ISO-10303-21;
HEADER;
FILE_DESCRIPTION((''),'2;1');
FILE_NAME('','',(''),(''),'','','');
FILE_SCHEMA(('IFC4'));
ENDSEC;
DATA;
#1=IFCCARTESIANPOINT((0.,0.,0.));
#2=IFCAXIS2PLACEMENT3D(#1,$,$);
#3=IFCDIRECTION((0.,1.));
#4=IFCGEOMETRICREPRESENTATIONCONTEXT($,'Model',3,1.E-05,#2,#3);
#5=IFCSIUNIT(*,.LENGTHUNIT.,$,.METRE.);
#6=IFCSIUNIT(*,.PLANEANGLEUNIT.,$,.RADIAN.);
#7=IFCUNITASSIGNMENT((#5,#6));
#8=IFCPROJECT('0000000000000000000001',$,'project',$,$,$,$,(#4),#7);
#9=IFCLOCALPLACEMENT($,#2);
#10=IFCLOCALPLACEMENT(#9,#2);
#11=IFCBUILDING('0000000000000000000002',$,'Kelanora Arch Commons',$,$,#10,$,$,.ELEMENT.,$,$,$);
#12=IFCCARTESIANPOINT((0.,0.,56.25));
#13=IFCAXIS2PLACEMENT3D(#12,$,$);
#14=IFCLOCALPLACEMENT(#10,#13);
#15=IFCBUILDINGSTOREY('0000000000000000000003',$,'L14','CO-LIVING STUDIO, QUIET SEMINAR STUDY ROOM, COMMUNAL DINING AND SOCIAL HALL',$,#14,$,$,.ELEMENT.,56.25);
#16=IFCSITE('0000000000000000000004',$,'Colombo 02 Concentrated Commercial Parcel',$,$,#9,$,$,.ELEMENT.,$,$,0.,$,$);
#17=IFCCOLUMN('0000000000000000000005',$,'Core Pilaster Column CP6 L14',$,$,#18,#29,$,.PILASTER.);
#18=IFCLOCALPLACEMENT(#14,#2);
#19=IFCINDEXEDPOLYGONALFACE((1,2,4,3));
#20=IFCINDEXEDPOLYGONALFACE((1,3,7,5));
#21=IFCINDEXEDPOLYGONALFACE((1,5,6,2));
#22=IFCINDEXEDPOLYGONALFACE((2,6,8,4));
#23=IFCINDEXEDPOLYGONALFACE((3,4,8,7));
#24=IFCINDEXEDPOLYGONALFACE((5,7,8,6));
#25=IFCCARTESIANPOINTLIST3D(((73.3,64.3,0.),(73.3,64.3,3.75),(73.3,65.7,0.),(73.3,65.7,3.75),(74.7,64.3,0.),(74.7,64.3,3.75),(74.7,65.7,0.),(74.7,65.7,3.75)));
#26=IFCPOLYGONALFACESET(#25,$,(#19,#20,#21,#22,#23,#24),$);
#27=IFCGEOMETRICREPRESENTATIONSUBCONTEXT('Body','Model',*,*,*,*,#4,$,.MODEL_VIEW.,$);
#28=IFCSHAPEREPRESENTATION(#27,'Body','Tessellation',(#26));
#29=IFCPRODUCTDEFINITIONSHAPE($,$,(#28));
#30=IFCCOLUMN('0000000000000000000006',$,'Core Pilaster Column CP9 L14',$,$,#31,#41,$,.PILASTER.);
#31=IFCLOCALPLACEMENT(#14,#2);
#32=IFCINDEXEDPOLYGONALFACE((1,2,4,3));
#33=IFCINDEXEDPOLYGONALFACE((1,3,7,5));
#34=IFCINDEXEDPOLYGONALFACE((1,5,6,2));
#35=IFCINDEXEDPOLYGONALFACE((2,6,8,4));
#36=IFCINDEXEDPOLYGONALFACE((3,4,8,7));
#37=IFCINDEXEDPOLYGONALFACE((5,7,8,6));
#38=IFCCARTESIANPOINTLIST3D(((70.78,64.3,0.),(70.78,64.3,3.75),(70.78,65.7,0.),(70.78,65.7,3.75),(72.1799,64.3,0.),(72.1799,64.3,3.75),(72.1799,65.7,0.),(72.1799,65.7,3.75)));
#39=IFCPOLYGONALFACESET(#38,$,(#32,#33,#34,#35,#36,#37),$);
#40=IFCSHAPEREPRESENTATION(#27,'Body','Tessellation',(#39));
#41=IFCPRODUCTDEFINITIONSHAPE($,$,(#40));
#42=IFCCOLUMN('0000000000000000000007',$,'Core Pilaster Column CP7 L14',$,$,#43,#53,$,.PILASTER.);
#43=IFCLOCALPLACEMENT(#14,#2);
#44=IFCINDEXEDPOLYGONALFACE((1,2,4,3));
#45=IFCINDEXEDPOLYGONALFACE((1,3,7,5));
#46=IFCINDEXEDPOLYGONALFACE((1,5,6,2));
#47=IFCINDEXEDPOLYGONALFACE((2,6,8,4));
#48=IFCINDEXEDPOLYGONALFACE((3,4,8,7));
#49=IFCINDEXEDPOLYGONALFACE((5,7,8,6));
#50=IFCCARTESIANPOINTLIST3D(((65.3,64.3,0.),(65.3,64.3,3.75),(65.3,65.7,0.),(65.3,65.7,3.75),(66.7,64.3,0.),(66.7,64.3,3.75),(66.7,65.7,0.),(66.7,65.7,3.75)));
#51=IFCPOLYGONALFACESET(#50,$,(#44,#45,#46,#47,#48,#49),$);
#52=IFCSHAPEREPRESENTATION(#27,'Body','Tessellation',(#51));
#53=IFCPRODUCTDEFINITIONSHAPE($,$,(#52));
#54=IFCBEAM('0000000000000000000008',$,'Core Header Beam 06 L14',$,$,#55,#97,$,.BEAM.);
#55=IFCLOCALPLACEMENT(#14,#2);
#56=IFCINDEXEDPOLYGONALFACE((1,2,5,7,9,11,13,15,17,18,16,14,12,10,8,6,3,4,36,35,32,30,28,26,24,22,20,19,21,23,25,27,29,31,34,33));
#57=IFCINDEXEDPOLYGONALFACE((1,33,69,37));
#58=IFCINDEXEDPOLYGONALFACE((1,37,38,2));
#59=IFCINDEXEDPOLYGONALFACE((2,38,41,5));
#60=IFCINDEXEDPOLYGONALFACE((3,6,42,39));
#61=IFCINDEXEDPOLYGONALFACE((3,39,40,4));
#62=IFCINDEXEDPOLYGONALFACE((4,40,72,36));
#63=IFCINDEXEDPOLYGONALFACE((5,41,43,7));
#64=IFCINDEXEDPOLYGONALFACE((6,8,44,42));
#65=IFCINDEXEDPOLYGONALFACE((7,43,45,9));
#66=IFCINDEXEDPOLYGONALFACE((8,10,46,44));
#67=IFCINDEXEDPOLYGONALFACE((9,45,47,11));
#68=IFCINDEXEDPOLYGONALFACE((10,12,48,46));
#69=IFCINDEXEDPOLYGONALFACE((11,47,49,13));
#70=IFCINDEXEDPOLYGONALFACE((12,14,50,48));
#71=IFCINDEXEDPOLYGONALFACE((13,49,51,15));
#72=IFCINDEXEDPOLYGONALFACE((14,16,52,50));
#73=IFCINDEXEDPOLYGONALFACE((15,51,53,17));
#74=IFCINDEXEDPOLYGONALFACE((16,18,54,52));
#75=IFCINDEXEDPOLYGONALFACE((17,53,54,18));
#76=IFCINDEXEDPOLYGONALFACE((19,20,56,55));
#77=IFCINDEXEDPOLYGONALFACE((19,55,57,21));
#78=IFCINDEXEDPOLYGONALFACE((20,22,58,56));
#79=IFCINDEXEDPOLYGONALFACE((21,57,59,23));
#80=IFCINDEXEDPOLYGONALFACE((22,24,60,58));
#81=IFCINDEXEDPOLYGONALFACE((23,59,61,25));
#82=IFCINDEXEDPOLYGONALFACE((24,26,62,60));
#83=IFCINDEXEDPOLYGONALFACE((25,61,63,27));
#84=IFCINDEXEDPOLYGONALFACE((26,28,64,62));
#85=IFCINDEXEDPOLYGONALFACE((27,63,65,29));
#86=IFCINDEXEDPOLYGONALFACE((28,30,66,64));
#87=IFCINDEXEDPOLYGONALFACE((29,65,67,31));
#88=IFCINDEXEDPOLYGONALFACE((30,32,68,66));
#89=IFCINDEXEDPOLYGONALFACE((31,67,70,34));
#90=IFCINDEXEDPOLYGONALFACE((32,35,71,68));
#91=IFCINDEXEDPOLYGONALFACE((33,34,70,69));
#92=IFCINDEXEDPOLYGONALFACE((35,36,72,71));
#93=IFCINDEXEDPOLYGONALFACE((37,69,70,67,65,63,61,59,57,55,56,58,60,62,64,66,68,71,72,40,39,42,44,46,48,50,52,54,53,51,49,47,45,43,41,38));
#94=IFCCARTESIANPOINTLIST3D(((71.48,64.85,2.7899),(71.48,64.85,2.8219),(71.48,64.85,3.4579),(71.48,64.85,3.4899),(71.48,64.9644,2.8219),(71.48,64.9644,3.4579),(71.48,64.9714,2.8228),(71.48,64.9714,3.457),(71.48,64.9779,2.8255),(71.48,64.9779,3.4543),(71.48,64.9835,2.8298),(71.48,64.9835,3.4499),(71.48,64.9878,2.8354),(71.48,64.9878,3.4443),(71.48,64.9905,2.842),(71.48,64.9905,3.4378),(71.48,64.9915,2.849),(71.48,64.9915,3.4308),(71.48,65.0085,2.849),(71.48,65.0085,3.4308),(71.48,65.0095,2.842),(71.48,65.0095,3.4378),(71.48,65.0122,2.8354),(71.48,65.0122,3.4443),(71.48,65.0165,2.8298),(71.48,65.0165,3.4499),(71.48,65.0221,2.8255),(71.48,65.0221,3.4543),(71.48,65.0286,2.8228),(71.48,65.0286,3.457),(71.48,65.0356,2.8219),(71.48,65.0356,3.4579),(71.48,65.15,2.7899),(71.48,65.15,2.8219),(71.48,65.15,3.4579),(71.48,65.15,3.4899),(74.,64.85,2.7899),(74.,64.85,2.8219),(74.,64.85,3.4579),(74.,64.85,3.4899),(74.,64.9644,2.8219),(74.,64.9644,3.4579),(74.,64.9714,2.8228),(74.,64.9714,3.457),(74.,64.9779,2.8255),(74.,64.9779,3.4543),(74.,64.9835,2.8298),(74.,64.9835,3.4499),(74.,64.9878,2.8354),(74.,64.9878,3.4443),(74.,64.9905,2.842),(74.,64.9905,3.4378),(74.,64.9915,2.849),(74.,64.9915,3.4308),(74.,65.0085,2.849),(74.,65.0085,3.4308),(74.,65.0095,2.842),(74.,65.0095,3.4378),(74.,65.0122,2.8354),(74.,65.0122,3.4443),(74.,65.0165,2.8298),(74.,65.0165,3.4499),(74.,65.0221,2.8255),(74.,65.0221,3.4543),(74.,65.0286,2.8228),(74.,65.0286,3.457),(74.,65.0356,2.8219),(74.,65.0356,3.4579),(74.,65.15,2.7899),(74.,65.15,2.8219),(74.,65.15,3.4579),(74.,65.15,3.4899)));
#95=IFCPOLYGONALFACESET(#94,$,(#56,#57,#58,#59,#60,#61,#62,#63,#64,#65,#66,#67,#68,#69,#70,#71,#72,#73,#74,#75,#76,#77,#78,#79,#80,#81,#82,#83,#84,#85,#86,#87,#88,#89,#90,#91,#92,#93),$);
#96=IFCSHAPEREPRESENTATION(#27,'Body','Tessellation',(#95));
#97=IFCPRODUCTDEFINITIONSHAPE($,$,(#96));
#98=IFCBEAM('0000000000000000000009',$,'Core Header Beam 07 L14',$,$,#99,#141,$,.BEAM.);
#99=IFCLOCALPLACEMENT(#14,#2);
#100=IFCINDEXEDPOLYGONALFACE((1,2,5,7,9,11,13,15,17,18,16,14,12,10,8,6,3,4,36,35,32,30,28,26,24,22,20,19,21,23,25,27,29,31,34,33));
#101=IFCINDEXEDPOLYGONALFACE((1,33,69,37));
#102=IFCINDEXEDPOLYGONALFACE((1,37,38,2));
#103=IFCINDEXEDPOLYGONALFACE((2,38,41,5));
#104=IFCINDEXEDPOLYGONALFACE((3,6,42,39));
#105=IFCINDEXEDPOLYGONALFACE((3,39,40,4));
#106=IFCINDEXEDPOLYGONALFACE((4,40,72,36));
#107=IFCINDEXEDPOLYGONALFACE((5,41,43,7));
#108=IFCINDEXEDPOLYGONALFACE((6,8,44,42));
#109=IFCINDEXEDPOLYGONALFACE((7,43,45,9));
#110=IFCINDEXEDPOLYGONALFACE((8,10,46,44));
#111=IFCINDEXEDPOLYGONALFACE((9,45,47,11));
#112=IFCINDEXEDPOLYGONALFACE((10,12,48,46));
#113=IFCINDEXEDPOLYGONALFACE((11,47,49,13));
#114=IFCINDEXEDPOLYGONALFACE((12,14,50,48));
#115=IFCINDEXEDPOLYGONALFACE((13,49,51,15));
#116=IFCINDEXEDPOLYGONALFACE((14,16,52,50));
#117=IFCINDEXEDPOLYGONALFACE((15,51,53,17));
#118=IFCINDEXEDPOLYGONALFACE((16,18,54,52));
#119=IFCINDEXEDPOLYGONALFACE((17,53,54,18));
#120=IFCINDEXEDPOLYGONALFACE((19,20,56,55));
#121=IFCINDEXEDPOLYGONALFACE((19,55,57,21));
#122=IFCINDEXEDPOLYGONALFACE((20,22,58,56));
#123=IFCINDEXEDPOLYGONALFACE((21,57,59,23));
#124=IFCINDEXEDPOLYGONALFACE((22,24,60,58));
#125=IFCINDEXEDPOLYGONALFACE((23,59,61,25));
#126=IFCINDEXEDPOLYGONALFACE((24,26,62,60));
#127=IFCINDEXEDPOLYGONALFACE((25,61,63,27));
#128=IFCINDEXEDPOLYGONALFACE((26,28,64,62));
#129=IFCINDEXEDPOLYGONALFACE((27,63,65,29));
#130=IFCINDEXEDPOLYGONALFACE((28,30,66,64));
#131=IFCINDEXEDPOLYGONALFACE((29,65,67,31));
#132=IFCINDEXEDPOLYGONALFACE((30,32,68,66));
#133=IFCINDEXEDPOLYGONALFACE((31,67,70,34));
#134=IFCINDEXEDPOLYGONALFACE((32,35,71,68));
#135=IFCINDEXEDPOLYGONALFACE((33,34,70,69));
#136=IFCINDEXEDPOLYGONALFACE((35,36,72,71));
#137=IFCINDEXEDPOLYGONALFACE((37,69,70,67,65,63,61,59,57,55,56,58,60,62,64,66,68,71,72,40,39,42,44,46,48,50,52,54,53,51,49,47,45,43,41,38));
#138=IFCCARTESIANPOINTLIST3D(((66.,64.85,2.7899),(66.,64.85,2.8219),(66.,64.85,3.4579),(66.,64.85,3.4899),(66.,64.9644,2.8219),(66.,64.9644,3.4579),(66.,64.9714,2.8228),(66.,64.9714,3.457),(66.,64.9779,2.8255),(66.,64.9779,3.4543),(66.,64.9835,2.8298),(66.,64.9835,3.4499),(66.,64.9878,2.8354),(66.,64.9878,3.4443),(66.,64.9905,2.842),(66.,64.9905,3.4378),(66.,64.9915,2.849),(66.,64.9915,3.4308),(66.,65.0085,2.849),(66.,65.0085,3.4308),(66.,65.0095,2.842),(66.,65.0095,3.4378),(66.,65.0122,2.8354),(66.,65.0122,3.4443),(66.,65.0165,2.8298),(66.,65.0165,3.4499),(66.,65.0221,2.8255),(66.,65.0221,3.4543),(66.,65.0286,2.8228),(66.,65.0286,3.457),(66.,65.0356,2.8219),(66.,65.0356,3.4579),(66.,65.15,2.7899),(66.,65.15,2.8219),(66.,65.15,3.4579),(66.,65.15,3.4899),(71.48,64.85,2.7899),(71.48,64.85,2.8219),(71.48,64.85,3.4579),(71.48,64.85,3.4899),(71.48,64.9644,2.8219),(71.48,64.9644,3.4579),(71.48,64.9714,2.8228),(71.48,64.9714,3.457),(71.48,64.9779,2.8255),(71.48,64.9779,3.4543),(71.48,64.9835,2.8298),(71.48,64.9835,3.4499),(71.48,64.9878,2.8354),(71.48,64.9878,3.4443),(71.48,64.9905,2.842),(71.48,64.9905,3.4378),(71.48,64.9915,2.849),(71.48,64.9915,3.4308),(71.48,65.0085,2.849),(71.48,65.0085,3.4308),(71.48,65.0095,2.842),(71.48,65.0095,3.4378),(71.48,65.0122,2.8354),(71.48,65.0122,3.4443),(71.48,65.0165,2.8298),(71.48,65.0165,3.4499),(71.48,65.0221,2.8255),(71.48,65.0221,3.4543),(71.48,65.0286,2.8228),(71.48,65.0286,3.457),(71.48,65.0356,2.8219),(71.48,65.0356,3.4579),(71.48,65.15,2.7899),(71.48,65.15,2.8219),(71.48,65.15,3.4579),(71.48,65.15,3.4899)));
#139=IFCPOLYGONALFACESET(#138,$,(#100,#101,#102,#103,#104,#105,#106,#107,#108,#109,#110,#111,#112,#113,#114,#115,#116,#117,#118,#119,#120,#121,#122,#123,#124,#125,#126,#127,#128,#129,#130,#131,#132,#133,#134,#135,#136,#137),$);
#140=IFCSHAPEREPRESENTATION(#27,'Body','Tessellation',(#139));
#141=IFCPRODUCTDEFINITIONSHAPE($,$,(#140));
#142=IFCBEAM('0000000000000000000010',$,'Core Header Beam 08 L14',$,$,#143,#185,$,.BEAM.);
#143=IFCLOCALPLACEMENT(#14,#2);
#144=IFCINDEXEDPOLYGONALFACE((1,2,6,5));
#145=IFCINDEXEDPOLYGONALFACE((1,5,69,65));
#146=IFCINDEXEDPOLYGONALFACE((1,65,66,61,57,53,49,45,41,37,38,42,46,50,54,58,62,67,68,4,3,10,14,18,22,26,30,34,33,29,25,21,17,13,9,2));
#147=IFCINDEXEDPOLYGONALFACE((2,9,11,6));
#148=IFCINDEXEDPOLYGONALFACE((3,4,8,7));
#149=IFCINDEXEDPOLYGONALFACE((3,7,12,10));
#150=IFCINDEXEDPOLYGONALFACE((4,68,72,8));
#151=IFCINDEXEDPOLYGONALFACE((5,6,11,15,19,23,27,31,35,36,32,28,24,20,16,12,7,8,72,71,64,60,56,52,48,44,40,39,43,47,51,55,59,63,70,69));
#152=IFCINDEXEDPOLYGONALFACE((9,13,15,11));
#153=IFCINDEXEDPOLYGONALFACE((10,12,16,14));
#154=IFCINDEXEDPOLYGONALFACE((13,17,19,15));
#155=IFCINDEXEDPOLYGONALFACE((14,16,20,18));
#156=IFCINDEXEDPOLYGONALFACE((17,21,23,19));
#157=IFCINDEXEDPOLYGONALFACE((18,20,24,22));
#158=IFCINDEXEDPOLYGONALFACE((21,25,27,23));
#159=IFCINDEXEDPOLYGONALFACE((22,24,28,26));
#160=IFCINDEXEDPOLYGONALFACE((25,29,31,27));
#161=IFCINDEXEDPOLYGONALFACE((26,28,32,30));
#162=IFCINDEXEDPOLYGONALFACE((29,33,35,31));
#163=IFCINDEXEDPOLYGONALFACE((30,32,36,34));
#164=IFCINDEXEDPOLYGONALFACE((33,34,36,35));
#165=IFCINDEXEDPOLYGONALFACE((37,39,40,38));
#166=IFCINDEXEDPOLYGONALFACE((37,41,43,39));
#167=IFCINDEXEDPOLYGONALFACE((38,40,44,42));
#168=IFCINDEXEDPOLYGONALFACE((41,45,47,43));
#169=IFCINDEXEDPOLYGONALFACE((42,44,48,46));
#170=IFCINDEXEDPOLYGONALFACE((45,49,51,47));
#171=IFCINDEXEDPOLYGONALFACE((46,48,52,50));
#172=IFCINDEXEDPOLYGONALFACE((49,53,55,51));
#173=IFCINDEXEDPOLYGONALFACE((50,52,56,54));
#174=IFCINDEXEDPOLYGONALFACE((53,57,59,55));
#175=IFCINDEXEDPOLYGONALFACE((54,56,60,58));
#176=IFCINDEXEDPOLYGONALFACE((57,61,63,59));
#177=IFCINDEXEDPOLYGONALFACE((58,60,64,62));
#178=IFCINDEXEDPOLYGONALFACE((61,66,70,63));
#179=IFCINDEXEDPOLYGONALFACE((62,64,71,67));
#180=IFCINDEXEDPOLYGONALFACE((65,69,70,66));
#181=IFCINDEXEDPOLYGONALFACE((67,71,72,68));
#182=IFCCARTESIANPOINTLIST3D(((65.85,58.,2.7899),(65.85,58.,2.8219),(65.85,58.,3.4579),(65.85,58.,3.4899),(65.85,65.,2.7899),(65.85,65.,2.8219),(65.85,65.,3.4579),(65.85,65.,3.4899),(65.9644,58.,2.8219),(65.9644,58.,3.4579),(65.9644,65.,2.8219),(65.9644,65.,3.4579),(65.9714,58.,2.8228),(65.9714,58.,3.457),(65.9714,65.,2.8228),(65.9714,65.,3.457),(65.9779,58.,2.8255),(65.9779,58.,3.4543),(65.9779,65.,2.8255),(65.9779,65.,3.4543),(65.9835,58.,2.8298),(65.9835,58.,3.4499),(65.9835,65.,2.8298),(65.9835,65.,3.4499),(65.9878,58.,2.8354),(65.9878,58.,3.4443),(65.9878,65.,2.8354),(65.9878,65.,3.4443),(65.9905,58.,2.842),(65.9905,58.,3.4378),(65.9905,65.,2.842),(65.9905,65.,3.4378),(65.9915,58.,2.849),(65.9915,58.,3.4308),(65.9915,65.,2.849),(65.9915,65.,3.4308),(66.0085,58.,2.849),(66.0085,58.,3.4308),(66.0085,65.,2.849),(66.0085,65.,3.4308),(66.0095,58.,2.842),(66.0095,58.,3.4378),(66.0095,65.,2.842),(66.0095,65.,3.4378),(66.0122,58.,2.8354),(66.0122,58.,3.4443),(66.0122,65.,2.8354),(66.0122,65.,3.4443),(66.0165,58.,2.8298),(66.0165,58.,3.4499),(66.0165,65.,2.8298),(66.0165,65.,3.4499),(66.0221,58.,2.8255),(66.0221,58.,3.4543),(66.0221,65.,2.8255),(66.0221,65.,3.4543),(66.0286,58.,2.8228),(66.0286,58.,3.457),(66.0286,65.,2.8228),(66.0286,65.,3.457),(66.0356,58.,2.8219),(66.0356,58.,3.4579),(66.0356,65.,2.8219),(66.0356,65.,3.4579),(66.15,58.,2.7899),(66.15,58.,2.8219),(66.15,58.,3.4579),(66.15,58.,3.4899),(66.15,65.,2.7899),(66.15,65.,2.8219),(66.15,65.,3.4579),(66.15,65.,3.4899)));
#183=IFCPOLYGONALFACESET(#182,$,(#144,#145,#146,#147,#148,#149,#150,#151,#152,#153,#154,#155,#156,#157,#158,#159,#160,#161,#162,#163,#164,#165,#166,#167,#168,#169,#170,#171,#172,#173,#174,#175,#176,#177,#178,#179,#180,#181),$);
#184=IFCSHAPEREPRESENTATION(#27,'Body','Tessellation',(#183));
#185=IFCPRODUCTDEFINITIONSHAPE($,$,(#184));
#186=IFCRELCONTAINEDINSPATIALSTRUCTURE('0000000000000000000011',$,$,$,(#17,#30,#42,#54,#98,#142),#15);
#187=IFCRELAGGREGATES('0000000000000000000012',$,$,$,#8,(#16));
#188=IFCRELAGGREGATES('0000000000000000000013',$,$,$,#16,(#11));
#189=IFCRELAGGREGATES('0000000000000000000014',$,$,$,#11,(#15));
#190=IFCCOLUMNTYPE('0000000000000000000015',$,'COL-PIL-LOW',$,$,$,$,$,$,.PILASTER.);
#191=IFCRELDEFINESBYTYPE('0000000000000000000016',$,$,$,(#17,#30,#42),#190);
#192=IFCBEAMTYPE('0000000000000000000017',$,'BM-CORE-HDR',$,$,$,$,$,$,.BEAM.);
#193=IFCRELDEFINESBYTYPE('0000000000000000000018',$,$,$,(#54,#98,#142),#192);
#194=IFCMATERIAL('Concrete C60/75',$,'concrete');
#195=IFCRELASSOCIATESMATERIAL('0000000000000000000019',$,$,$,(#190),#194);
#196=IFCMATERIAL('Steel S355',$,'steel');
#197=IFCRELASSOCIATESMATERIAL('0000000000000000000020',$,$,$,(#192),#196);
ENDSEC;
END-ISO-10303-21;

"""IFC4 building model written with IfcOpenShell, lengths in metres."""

from ifc_helpers import new_model, si_unit, direction, frame, origin, origin_2d, place, context, subcontext, project, spatial, rectangle, i_section, extrude, material, material_profile, profile_set, type_object, element, save


model = new_model("IFC4")

# Units and contexts
model_context = context("Model", 3, precision=1e-05, world=origin(), true_north=direction((0.0, 1.0)))
body_context = subcontext(model_context, "Body", "Model", "MODEL_VIEW")
ifc_project = project(units=[si_unit("LENGTHUNIT", "METRE"), si_unit("PLANEANGLEUNIT", "RADIAN")], contexts=[model_context])

# Site, building, storey
site_placement = place(None, origin())
site = spatial("IfcSite", under=ifc_project, at=site_placement, Name="Colombo 02 Concentrated Commercial Parcel", CompositionType="ELEMENT", RefElevation=0.0)
building_placement = place(site_placement, origin())
building = spatial("IfcBuilding", under=site, at=building_placement, Name="Kelanora Arch Commons", CompositionType="ELEMENT")
storey_placement = place(building_placement, frame((0.0, 0.0, 56.25)))
storey = spatial("IfcBuildingStorey", under=building, at=storey_placement, Name="L14", Description="CO-LIVING STUDIO, QUIET SEMINAR STUDY ROOM, COMMUNAL DINING AND SOCIAL HALL", CompositionType="ELEMENT", Elevation=56.25)

# Columns
ifc_material_1 = material(Name="Concrete C60/75", Category="concrete")
ifc_material_profile_1 = material_profile(ifc_material_1, rectangle(XDim=1.3999, YDim=1.3999, at=origin_2d()), Name="RC1400x1400")
ifc_profile_set_1 = profile_set([ifc_material_profile_1], Name="Concrete C60/75")
column_type = type_object("IfcColumnType", Name="COL-PIL-LOW", PredefinedType="PILASTER", material=ifc_profile_set_1)
for number, where, z_axis, x_axis, name in (
    (1, (74.0, 65.0, 0.0), (0.0, 0.0, 1.0), (1.0, 0.0, 0.0), "Core Pilaster Column CP6 L14"),
    (2, (71.48, 65.0, 0.0), (0.0, 0.0, 1.0), (1.0, 0.0, 0.0), "Core Pilaster Column CP9 L14"),
    (3, (66.0, 65.0, 0.0), (0.0, 0.0, 1.0), (1.0, 0.0, 0.0), "Core Pilaster Column CP7 L14"),
):
    element("IfcColumn", number, at=place(storey_placement, frame(where, z_axis=z_axis, x_axis=x_axis)), inside=storey, type_object=column_type, Name=name, PredefinedType="PILASTER", context=body_context, shape_type="SweptSolid", body=[
        extrude(rectangle(XDim=1.3999, YDim=1.3999, at=origin_2d()), origin(), (0.0, 0.0, 1.0), 3.75),
    ])

# Beams
ifc_material_2 = material(Name="Steel S355", Category="steel")
ifc_material_profile_2 = material_profile(ifc_material_2, i_section(OverallWidth=0.3, OverallDepth=0.7, WebThickness=0.0171, FlangeThickness=0.032, FilletRadius=0.0271, at=origin_2d()), Name="HEB700")
ifc_profile_set_2 = profile_set([ifc_material_profile_2], Name="Steel S355")
beam_type_1 = type_object("IfcBeamType", Name="BM-CORE-HDR", PredefinedType="BEAM", material=ifc_profile_set_2)
beam_1_placement = place(storey_placement, frame((74.0, 65.0, 3.1399), z_axis=(-1.0, 0.0, 0.0), x_axis=(0.0, -1.0, 0.0)))
element("IfcBeam", 4, at=beam_1_placement, inside=storey, type_object=beam_type_1, Name="Core Header Beam 06 L14", PredefinedType="BEAM", context=body_context, shape_type="SweptSolid", body=[
    extrude(i_section(OverallWidth=0.3, OverallDepth=0.7, WebThickness=0.0171, FlangeThickness=0.032, FilletRadius=0.0271, at=origin_2d()), origin(), (0.0, 0.0, 1.0), 2.52),
])
beam_2_placement = place(storey_placement, frame((71.48, 65.0, 3.1399), z_axis=(-1.0, 0.0, 0.0), x_axis=(0.0, -1.0, 0.0)))
element("IfcBeam", 5, at=beam_2_placement, inside=storey, type_object=beam_type_1, Name="Core Header Beam 07 L14", PredefinedType="BEAM", context=body_context, shape_type="SweptSolid", body=[
    extrude(i_section(OverallWidth=0.3, OverallDepth=0.7, WebThickness=0.0171, FlangeThickness=0.032, FilletRadius=0.0271, at=origin_2d()), origin(), (0.0, 0.0, 1.0), 5.48),
])
beam_3_placement = place(storey_placement, frame((66.0, 65.0, 3.1399), z_axis=(0.0, -1.0, 0.0), x_axis=(1.0, 0.0, 0.0)))
element("IfcBeam", 6, at=beam_3_placement, inside=storey, type_object=beam_type_1, Name="Core Header Beam 08 L14", PredefinedType="BEAM", context=body_context, shape_type="SweptSolid", body=[
    extrude(i_section(OverallWidth=0.3, OverallDepth=0.7, WebThickness=0.0171, FlangeThickness=0.032, FilletRadius=0.0271, at=origin_2d()), origin(), (0.0, 0.0, 1.0), 7.0),
])

save(model, "model.ifc")
